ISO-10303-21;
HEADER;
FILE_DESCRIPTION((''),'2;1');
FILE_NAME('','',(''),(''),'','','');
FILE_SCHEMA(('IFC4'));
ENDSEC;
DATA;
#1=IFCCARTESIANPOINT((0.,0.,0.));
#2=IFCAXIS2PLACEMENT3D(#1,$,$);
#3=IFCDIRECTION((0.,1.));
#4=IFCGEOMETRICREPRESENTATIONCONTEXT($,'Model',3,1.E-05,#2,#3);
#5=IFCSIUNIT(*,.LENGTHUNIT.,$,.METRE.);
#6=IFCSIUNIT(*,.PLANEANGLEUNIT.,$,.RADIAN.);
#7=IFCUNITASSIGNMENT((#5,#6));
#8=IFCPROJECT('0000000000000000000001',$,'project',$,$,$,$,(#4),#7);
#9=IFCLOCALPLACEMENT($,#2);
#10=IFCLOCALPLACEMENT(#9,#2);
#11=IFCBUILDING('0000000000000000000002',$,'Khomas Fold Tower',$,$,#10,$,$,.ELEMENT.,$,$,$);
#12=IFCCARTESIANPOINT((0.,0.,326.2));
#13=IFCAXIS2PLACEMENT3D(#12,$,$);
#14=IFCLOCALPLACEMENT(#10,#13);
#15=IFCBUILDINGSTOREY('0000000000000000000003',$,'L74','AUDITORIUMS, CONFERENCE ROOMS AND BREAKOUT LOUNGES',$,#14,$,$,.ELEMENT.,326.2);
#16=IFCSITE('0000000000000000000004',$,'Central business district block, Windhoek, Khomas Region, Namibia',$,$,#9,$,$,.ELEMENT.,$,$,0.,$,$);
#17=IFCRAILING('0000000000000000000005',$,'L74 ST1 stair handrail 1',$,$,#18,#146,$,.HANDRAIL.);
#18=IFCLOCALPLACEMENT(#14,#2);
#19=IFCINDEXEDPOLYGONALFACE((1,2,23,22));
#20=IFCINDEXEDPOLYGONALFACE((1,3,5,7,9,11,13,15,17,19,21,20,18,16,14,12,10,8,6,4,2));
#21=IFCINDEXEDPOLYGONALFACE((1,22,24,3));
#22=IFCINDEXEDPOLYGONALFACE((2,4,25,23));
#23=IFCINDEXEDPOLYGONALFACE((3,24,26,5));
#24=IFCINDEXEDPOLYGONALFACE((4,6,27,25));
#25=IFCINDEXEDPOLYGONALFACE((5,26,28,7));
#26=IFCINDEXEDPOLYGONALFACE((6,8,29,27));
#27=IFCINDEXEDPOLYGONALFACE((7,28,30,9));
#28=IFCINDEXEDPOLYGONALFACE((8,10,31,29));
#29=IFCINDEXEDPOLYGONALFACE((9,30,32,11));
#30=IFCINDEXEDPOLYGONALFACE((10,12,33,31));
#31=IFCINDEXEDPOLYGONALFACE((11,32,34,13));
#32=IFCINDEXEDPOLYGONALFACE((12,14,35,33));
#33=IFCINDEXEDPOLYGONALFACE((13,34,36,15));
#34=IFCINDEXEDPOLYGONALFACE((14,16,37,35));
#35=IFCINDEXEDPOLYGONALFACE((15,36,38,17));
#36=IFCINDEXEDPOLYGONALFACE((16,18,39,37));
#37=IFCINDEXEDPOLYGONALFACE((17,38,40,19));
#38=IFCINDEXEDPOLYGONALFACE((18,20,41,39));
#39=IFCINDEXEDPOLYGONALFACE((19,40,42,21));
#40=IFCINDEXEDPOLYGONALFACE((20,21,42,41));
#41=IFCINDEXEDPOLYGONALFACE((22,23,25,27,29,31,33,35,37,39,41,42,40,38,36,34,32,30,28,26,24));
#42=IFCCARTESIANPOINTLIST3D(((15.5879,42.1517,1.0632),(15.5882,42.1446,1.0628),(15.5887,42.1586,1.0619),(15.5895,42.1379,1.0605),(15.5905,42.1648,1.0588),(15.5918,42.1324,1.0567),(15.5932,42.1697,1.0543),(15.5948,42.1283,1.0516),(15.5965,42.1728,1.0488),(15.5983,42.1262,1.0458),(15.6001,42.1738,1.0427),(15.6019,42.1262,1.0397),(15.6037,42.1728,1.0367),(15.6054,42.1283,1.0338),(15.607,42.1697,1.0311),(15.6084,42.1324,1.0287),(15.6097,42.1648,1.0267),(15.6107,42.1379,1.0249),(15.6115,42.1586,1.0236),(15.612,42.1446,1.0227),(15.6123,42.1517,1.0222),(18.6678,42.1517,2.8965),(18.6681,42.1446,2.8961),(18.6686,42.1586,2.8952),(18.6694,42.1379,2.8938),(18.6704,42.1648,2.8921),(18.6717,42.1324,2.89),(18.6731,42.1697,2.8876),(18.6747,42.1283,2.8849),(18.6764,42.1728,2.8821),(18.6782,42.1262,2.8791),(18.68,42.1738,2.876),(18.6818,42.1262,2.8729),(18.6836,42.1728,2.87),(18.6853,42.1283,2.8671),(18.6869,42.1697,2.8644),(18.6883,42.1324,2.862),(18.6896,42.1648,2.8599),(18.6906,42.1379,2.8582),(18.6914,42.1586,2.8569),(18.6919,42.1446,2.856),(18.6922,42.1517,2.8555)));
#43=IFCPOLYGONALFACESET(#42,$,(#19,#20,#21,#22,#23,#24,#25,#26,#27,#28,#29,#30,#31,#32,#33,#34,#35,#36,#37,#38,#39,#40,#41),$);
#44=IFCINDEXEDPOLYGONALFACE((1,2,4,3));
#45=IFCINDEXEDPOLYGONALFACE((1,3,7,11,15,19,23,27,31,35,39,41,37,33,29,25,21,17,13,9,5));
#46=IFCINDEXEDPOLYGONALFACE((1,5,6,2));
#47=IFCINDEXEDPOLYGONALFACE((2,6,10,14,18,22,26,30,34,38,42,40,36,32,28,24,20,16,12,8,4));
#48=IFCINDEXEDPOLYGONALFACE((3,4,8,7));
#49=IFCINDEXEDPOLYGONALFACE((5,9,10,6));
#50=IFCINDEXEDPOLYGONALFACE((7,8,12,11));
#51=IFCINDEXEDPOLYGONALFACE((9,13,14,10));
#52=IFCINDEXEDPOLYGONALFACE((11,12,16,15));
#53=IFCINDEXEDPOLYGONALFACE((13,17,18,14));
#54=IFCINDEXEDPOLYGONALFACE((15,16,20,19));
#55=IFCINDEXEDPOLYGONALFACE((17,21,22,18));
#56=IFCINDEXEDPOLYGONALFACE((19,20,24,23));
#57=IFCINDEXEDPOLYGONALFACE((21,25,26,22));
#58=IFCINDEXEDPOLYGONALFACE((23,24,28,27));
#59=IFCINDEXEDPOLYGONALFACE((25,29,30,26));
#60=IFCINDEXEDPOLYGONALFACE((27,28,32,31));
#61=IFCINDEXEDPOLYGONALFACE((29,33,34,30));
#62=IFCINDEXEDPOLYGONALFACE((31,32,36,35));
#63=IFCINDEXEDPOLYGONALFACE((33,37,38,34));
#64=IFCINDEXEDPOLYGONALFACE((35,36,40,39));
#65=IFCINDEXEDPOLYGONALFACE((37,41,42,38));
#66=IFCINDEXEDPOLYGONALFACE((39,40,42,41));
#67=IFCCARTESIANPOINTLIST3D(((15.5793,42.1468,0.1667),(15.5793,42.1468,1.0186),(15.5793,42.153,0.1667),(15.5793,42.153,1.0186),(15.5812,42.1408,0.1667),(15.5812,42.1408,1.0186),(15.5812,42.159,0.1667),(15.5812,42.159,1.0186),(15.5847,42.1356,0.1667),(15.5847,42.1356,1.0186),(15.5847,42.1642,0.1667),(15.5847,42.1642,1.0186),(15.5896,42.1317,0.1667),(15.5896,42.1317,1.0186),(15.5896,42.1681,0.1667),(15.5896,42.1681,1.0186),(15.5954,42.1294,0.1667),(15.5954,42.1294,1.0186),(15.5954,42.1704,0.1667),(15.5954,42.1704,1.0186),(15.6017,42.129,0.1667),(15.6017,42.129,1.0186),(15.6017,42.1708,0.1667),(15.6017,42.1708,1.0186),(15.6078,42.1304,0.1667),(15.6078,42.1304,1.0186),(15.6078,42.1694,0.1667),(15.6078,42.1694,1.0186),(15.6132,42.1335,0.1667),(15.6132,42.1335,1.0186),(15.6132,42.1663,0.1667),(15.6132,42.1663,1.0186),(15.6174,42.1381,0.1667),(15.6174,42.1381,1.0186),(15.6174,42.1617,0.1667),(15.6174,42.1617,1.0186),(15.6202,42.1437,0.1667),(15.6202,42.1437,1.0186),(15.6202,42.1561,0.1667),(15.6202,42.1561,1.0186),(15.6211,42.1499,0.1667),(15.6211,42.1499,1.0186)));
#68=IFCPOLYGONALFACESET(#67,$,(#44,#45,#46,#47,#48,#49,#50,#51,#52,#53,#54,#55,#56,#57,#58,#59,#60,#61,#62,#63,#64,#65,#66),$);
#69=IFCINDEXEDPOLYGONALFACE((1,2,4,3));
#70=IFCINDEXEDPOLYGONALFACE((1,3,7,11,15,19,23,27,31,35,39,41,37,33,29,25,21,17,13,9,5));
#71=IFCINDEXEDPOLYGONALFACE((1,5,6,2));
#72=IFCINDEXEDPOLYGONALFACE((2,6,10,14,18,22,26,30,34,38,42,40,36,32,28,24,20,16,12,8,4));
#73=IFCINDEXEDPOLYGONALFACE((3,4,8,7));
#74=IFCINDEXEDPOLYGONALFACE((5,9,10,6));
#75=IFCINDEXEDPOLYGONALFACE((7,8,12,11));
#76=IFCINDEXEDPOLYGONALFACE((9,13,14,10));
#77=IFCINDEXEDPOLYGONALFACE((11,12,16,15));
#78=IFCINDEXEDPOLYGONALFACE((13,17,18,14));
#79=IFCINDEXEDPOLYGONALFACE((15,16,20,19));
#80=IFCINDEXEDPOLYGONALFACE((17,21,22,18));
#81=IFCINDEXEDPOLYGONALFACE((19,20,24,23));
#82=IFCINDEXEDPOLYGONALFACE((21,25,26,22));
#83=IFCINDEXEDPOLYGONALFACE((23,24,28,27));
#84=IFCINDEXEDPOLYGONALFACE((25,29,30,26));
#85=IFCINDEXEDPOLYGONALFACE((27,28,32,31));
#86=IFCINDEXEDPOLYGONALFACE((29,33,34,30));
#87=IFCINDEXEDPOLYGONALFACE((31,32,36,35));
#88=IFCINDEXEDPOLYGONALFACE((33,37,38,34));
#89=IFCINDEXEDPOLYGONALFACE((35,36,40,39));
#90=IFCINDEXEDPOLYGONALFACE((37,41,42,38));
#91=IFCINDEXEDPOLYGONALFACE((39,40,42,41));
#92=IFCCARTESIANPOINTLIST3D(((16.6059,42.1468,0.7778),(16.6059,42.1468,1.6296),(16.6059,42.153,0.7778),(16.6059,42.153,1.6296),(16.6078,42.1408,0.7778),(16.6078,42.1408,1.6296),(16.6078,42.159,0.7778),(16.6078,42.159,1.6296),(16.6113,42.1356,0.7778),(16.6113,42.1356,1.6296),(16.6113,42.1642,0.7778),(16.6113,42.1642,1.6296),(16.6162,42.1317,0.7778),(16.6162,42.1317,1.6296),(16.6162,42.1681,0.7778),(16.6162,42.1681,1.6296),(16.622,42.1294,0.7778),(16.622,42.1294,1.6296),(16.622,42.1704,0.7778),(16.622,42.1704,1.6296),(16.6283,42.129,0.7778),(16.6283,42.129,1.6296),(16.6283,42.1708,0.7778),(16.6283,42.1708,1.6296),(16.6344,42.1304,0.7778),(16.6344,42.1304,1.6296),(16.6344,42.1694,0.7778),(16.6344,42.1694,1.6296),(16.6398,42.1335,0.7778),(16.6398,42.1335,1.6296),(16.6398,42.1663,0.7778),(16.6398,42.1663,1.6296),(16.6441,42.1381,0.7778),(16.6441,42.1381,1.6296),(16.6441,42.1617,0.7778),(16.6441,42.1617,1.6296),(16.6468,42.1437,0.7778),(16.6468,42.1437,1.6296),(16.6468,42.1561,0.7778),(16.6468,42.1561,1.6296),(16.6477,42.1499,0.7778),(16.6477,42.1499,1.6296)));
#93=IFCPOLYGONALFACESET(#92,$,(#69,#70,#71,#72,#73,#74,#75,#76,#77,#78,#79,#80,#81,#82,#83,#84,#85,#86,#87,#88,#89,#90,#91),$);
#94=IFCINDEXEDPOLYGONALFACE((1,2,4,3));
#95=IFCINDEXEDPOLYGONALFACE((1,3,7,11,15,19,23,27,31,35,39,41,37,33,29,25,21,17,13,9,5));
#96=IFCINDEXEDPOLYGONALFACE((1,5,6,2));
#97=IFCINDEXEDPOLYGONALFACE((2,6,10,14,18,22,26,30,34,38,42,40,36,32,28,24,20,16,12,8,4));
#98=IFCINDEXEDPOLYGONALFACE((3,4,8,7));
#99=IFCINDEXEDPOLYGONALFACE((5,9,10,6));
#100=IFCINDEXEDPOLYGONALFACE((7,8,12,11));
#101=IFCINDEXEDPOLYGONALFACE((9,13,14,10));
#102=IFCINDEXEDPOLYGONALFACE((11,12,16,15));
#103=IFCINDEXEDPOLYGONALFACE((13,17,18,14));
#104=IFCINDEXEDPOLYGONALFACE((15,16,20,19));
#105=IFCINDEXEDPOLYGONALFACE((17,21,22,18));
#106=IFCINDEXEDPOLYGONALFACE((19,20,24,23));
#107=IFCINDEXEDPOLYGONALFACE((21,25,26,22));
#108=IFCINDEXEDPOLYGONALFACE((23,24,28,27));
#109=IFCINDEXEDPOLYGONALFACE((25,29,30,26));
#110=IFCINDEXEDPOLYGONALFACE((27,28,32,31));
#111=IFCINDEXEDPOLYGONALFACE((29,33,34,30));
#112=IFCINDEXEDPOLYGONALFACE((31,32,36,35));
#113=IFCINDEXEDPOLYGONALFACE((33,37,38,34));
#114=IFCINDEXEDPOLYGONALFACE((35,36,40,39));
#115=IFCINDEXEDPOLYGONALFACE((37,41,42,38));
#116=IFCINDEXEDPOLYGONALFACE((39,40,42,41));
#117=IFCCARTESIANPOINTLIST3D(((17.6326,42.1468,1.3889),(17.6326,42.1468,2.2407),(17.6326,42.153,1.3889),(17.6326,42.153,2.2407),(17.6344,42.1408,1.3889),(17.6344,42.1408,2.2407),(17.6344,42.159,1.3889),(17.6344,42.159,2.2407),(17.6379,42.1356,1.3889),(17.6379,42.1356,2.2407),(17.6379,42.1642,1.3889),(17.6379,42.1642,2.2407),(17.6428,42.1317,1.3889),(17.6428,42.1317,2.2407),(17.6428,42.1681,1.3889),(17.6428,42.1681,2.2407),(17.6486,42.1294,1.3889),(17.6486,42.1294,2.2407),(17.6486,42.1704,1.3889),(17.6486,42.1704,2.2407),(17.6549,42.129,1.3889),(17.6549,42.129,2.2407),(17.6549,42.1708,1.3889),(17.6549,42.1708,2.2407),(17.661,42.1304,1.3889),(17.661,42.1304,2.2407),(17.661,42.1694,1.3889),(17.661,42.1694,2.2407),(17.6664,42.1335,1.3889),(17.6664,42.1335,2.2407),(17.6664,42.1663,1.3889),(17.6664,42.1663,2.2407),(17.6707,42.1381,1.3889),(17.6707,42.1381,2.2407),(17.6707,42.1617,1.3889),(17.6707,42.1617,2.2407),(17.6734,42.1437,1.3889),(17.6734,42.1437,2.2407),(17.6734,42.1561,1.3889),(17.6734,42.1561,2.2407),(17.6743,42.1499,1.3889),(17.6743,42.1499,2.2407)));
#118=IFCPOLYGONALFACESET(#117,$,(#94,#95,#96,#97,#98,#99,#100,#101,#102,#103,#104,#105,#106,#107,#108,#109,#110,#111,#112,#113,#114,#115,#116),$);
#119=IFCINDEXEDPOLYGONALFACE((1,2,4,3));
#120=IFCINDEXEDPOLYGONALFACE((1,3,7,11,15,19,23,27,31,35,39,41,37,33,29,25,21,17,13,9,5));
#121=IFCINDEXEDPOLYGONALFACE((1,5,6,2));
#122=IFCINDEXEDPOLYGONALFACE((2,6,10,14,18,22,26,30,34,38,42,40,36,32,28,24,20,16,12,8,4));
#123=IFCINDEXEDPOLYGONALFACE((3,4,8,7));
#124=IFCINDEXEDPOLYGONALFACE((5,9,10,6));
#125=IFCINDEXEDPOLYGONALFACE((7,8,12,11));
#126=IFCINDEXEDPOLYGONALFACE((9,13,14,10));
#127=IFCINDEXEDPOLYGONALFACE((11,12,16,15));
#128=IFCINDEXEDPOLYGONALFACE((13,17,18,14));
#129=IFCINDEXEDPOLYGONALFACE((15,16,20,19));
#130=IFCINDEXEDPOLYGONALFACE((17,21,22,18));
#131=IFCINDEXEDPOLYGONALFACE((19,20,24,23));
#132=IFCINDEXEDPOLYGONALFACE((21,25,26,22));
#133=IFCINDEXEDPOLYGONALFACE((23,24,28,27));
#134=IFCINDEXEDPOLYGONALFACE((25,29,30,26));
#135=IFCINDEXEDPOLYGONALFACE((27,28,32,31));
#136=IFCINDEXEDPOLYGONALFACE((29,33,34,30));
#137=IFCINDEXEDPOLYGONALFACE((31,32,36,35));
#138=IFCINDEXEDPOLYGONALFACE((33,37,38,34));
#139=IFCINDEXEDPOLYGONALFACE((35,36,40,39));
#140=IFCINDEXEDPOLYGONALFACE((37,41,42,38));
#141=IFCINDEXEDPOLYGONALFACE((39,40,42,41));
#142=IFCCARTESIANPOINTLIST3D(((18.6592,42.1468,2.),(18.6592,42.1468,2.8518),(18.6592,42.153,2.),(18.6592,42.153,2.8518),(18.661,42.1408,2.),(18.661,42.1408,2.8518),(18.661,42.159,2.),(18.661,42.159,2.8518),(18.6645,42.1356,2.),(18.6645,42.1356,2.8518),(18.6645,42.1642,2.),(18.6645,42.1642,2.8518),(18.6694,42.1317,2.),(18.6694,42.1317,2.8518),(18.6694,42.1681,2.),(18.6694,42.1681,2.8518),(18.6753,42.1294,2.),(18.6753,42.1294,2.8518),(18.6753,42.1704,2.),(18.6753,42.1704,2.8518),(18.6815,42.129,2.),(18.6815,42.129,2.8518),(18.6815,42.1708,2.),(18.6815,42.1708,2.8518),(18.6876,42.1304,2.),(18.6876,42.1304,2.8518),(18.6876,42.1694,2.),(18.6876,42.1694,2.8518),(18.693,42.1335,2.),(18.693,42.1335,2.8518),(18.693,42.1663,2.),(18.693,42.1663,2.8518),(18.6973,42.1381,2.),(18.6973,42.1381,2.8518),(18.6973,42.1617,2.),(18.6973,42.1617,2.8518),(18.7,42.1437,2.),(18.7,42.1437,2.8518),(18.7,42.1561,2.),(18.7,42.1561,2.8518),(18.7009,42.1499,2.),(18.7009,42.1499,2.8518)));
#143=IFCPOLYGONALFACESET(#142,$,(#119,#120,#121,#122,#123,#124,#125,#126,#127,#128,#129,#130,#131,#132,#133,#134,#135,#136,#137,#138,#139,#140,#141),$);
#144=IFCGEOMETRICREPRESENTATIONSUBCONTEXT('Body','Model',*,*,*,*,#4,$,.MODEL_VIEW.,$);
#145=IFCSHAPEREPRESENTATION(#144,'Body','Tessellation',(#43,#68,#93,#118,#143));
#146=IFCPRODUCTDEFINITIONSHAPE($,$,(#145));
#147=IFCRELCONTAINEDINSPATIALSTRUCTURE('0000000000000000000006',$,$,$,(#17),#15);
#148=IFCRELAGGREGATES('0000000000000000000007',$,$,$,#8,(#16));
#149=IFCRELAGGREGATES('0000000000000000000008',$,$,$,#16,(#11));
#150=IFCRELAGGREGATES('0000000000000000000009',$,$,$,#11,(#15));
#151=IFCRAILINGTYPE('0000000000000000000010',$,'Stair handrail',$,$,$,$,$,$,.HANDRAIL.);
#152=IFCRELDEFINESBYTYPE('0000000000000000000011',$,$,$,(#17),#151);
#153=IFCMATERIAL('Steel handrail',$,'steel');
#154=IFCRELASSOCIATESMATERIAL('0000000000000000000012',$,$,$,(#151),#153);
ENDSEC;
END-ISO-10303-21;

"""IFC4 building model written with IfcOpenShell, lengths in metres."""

from ifc_helpers import new_model, si_unit, direction, frame, origin, origin_2d, place, context, subcontext, project, spatial, circle, extrude, source, transform, mapped, material, type_object, element, save


model = new_model("IFC4")

# Units and contexts
model_context = context("Model", 3, precision=1e-05, world=origin(), true_north=direction((0.0, 1.0)))
body_context = subcontext(model_context, "Body", "Model", "MODEL_VIEW")
ifc_project = project(units=[si_unit("LENGTHUNIT", "METRE"), si_unit("PLANEANGLEUNIT", "RADIAN")], contexts=[model_context])

# Site, building, storey
site_placement = place(None, origin())
site = spatial("IfcSite", under=ifc_project, at=site_placement, Name="Central business district block, Windhoek, Khomas Region, Namibia", CompositionType="ELEMENT", RefElevation=0.0)
building_placement = place(site_placement, origin())
building = spatial("IfcBuilding", under=site, at=building_placement, Name="Khomas Fold Tower", CompositionType="ELEMENT")
storey_placement = place(building_placement, frame((0.0, 0.0, 326.2)))
storey = spatial("IfcBuildingStorey", under=building, at=storey_placement, Name="L74", Description="AUDITORIUMS, CONFERENCE ROOMS AND BREAKOUT LOUNGES", CompositionType="ELEMENT", Elevation=326.2)

# Railing
ifc_material_1 = material(Name="Steel handrail", Category="steel")
railing_type_1 = type_object("IfcRailingType", Name="Stair handrail", PredefinedType="HANDRAIL", material=ifc_material_1)
shared_shape_1 = source(origin(), body_context, "Body", "SweptSolid", [
    extrude(circle(Radius=0.0239, at=origin_2d()), frame((0.0, 0.0, 0.876), z_axis=(0.859291, 0.0, 0.511487), x_axis=(0.0, 1.0, 0.0)), (0.0, 0.0, 1.0), 3.5842),
    extrude(circle(Radius=0.021, at=origin_2d()), origin(), (0.0, 0.0, 1.0), 0.8518),
    extrude(circle(Radius=0.021, at=origin_2d()), frame((1.0266, 0.0, 0.6111)), (0.0, 0.0, 1.0), 0.8518),
    extrude(circle(Radius=0.021, at=origin_2d()), frame((2.0532, 0.0, 1.2222)), (0.0, 0.0, 1.0), 0.8518),
    extrude(circle(Radius=0.021, at=origin_2d()), frame((3.0798, 0.0, 1.8333)), (0.0, 0.0, 1.0), 0.8518),
])
railing_1_placement = place(storey_placement, frame((15.6001, 42.1499, 0.1667)))
element("IfcRailing", 1, at=railing_1_placement, inside=storey, type_object=railing_type_1, Name="L74 ST1 stair handrail 1", PredefinedType="HANDRAIL", context=body_context, shape_type="MappedRepresentation", body=[
    mapped(shared_shape_1, transform((0.0, 0.0, 0.0))),
])

save(model, "model.ifc")
